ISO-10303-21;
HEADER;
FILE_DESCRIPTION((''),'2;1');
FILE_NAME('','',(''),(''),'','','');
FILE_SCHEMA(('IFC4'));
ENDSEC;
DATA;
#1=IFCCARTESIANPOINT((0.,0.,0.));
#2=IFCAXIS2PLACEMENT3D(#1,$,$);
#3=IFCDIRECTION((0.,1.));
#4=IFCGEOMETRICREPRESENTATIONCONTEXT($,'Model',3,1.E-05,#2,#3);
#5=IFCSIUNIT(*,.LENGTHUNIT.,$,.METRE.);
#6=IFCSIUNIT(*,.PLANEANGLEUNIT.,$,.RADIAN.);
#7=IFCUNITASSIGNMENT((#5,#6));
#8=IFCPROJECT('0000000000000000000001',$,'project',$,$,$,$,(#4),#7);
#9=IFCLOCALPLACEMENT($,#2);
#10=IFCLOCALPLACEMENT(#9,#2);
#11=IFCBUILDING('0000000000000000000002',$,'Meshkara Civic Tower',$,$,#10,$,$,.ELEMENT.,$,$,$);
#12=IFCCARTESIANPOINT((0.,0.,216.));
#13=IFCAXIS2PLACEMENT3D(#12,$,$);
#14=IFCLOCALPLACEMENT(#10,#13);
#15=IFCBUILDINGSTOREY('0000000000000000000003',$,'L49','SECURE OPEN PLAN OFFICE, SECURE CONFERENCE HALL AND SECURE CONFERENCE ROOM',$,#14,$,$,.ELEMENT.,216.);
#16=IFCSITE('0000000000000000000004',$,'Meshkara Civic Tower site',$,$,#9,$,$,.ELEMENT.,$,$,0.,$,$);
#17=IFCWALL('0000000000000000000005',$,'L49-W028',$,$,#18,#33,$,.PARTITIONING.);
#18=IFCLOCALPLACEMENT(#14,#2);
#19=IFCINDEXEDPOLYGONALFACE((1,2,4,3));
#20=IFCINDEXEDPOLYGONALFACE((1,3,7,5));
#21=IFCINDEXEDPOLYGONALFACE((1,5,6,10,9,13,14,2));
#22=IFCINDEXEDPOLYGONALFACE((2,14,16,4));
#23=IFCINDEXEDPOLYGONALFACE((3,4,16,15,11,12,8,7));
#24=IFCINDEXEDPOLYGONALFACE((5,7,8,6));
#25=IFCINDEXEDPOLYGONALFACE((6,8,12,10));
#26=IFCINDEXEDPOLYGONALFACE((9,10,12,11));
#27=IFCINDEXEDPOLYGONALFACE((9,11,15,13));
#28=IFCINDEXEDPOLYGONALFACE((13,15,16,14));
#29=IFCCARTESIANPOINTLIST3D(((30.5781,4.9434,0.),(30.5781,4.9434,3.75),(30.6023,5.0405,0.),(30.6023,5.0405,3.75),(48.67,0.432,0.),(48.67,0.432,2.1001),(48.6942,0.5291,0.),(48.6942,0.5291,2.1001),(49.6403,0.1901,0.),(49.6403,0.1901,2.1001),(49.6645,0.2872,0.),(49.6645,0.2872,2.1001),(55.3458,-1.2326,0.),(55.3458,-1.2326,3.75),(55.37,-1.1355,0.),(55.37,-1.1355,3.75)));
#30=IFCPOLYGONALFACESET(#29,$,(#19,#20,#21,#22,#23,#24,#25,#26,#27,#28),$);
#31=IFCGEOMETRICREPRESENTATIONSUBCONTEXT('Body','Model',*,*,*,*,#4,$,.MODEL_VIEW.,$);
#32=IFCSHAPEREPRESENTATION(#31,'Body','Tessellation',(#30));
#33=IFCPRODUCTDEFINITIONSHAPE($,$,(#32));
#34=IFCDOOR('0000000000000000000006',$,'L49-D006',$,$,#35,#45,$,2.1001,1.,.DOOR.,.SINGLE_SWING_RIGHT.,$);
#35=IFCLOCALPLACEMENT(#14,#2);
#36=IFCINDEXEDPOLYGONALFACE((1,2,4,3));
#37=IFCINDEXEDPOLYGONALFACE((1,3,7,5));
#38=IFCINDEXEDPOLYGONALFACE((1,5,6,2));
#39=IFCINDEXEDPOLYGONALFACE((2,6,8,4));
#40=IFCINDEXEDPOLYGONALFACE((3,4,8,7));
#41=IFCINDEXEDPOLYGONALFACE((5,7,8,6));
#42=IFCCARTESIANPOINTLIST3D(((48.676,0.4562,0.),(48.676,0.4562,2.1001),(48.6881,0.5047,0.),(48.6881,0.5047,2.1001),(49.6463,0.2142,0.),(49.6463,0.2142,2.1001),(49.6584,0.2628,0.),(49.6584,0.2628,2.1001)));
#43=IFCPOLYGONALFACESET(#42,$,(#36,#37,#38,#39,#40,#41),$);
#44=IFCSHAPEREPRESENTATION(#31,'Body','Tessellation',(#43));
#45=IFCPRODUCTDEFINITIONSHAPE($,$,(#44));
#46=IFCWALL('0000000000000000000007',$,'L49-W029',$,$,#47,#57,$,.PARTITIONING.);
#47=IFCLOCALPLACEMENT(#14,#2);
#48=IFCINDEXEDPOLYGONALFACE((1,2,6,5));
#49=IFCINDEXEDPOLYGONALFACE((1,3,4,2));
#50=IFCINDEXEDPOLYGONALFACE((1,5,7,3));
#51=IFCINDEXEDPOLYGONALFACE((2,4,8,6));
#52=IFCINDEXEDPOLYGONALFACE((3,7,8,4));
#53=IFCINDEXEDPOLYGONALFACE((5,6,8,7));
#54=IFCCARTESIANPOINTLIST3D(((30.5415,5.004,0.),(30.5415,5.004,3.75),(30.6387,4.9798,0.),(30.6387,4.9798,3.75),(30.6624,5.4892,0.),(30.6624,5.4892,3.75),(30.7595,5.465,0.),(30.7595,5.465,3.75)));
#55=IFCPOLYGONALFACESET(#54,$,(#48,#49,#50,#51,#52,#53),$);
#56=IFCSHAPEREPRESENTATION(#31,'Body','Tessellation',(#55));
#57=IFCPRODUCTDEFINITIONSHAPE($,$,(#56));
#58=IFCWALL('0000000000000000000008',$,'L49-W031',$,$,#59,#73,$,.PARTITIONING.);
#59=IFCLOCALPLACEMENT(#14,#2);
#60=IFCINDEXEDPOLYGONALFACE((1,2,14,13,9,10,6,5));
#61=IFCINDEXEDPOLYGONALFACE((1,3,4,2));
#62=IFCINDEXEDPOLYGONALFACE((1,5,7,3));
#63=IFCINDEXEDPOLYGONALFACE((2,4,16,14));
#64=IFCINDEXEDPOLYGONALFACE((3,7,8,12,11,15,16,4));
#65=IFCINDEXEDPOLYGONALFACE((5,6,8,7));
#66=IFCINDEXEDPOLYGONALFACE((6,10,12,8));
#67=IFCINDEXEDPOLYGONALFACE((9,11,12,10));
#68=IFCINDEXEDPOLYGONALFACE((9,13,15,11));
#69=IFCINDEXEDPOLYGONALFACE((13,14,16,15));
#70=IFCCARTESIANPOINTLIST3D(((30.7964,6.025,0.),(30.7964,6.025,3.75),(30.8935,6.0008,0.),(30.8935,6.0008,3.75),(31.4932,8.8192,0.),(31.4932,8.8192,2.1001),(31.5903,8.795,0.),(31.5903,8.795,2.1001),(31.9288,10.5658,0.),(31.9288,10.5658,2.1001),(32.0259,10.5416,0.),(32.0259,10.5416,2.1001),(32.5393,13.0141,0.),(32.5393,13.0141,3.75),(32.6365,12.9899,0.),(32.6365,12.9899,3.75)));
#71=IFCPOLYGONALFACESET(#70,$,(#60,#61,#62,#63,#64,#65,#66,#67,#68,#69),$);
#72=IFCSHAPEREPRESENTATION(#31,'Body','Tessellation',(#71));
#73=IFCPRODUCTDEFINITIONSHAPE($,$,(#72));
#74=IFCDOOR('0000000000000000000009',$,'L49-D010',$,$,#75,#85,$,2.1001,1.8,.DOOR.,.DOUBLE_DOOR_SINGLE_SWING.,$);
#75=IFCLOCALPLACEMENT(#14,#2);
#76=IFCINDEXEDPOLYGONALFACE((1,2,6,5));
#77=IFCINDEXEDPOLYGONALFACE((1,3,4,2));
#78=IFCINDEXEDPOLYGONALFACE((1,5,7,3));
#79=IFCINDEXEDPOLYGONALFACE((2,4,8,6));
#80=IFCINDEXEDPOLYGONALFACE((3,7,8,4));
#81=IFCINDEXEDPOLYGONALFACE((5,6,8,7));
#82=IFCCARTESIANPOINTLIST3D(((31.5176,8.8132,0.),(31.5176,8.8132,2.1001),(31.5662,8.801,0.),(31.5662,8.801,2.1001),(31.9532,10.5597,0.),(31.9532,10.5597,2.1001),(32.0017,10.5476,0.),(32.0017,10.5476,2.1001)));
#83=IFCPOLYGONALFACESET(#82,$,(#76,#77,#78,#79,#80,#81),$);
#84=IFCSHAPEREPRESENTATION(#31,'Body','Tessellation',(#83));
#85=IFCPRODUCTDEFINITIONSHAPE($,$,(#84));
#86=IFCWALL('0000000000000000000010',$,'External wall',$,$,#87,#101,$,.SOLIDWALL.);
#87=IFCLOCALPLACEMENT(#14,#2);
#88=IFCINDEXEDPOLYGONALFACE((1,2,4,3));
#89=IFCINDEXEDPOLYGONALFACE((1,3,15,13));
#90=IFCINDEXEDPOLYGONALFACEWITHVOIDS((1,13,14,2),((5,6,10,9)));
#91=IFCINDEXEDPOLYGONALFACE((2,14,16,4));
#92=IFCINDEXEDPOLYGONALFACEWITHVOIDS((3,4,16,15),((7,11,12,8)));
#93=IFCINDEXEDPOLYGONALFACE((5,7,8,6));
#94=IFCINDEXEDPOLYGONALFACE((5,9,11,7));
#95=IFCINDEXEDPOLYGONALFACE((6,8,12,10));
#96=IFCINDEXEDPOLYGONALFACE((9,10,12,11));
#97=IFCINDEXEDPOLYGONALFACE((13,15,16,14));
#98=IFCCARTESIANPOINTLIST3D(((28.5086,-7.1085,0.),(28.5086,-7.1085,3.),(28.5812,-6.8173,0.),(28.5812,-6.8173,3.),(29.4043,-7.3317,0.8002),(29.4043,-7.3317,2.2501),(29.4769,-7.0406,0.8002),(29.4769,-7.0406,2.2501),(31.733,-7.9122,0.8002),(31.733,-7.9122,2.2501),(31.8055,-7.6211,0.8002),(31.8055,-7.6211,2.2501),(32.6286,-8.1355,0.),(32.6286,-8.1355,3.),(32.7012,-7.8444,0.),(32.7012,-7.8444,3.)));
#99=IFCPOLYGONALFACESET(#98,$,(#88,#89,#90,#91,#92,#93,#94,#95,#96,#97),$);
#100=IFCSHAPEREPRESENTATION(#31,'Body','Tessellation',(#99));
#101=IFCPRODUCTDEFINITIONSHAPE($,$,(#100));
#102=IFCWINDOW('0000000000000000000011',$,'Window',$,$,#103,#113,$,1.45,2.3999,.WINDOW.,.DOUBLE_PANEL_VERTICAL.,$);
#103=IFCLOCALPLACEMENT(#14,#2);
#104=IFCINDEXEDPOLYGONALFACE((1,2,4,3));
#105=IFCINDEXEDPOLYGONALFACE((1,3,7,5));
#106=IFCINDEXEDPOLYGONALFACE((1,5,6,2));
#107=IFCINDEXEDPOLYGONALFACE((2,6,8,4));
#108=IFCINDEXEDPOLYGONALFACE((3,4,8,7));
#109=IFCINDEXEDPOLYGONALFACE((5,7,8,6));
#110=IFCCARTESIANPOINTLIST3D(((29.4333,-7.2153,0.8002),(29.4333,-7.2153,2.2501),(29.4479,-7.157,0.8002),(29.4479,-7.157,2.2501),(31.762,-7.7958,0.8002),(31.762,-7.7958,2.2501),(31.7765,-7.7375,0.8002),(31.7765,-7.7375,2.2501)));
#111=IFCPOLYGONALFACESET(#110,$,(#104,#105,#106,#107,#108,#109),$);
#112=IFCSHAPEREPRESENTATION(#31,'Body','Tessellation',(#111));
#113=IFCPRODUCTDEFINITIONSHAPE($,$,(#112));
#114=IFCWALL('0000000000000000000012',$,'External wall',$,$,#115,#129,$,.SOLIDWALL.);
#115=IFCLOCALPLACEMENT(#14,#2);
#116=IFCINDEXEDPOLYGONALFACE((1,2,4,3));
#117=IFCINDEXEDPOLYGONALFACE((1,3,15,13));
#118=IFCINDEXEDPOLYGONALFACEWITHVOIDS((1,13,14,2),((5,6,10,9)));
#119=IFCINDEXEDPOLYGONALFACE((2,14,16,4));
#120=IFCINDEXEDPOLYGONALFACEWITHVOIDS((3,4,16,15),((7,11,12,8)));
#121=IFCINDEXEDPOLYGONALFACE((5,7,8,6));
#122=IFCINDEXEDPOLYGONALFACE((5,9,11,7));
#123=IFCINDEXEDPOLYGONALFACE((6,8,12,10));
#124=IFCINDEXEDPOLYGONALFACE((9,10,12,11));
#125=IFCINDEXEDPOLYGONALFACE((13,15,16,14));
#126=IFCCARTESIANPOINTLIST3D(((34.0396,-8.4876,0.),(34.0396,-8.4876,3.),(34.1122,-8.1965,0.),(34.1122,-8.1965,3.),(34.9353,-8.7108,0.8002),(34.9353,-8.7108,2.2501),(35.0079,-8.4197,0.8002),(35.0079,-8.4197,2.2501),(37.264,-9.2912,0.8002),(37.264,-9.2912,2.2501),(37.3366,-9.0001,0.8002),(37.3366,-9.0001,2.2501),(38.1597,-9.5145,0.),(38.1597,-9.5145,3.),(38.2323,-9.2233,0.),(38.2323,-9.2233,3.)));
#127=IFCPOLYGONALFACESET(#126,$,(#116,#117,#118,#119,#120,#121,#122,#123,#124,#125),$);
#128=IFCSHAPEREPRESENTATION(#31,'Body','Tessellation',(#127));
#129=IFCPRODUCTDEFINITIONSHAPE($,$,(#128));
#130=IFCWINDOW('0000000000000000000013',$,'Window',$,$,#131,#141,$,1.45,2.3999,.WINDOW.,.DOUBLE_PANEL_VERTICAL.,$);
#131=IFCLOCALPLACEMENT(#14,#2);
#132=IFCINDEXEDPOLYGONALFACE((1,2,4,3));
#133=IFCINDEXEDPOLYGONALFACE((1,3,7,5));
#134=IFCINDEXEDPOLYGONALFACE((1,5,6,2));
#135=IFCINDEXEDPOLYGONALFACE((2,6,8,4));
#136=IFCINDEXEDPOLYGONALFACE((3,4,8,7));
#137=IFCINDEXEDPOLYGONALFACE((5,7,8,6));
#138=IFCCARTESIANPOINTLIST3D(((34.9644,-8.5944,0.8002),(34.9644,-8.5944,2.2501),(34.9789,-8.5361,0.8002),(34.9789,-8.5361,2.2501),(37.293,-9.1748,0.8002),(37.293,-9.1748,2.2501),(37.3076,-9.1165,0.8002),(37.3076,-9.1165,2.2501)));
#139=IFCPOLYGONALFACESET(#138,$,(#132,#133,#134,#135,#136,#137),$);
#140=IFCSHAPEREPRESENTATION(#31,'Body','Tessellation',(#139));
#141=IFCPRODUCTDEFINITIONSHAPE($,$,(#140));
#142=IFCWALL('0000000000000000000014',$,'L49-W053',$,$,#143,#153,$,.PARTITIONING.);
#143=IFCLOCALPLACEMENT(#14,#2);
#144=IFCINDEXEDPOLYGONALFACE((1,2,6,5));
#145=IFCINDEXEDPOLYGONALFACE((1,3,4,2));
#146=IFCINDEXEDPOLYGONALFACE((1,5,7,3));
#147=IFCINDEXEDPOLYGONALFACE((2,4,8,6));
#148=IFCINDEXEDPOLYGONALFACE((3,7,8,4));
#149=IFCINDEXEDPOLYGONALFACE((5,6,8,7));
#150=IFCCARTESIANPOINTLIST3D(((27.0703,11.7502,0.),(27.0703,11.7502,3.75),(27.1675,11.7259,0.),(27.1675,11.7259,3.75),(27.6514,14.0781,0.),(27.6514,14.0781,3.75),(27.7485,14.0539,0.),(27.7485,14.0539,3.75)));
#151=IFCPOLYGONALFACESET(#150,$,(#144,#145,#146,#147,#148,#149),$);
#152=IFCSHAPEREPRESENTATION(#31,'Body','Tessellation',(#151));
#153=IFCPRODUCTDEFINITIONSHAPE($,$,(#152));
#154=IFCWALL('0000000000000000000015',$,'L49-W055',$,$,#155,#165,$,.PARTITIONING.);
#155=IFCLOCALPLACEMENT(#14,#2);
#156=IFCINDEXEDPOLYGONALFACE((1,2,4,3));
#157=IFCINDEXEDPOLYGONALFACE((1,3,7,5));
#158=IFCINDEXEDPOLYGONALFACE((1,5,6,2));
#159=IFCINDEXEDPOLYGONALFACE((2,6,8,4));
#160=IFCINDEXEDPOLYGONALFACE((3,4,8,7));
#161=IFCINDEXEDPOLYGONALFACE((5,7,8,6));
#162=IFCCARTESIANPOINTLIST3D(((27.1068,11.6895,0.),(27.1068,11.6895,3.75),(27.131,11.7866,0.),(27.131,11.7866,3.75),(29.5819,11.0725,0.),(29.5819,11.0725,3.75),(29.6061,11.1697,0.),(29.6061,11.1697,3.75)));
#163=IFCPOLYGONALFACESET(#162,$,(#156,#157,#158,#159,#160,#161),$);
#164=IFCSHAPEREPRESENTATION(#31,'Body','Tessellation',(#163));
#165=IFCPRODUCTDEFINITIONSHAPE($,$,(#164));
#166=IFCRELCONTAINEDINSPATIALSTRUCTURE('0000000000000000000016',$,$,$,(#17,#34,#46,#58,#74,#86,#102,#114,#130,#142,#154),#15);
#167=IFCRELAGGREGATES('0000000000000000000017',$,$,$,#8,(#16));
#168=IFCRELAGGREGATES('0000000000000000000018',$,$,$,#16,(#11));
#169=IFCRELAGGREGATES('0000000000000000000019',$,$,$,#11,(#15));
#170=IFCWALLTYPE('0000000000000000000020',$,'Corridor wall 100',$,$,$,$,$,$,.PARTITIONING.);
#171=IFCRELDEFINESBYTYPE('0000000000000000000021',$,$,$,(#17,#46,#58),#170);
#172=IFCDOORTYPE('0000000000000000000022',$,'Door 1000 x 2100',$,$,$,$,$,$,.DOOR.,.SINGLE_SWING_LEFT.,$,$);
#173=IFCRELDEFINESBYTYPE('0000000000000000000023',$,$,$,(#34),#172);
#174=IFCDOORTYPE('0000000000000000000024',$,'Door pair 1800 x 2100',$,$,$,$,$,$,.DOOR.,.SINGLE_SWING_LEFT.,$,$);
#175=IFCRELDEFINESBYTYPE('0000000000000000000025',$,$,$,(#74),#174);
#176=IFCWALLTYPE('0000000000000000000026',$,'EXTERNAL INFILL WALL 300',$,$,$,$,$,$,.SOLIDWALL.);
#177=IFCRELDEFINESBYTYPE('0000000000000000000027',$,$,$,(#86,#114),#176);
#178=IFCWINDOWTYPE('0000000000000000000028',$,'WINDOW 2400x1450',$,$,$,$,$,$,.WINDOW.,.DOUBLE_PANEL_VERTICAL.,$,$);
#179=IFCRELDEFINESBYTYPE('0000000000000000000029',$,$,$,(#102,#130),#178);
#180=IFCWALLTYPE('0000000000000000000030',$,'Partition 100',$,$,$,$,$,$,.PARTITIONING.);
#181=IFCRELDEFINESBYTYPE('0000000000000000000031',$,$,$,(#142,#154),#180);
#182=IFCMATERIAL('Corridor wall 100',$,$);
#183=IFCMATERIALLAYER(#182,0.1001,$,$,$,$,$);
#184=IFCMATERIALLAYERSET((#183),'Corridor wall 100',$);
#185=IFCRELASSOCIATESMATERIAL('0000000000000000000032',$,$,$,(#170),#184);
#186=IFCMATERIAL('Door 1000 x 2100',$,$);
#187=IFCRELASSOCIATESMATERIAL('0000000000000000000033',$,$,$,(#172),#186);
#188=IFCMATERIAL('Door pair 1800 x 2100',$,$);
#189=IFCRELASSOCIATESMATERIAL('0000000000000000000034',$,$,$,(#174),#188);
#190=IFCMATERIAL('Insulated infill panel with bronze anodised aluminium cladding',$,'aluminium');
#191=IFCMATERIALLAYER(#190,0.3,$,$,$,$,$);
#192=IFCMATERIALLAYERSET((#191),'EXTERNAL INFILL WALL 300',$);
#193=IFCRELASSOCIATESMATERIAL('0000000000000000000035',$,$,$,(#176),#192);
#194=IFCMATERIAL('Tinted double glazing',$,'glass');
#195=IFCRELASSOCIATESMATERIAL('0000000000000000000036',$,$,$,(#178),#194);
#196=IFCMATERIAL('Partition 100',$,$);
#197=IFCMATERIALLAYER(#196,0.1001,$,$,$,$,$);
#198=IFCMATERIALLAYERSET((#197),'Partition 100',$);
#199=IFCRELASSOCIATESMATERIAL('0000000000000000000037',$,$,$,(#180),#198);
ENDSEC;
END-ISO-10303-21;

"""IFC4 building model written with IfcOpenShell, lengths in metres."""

from ifc_helpers import new_model, si_unit, direction, frame, frame_2d, origin, place, context, subcontext, project, spatial, rectangle, extrude, material, layer, layer_set, type_object, element, fill, save


model = new_model("IFC4")

# Units and contexts
model_context = context("Model", 3, precision=1e-05, world=origin(), true_north=direction((0.0, 1.0)))
body_context = subcontext(model_context, "Body", "Model", "MODEL_VIEW")
ifc_project = project(units=[si_unit("LENGTHUNIT", "METRE"), si_unit("PLANEANGLEUNIT", "RADIAN")], contexts=[model_context])

# Site, building, storey
site_placement = place(None, origin())
site = spatial("IfcSite", under=ifc_project, at=site_placement, Name="Meshkara Civic Tower site", CompositionType="ELEMENT", RefElevation=0.0)
building_placement = place(site_placement, origin())
building = spatial("IfcBuilding", under=site, at=building_placement, Name="Meshkara Civic Tower", CompositionType="ELEMENT")
storey_placement = place(building_placement, frame((0.0, 0.0, 216.0)))
storey = spatial("IfcBuildingStorey", under=building, at=storey_placement, Name="L49", Description="SECURE OPEN PLAN OFFICE, SECURE CONFERENCE HALL AND SECURE CONFERENCE ROOM", CompositionType="ELEMENT", Elevation=216.0)

# Wall, opening, door
ifc_material_1 = material(Name="Corridor wall 100")
ifc_layer_1 = layer(ifc_material_1, 0.1001)
ifc_layer_set_1 = layer_set([ifc_layer_1], Name="Corridor wall 100")
wall_type_1 = type_object("IfcWallType", Name="Corridor wall 100", PredefinedType="PARTITIONING", material=ifc_layer_set_1)
ifc_material_2 = material(Name="Door 1000 x 2100")
door_type_1 = type_object("IfcDoorType", Name="Door 1000 x 2100", OperationType="SINGLE_SWING_LEFT", PredefinedType="DOOR", material=ifc_material_2)
wall_1_placement = place(storey_placement, frame((30.5901, 4.9919, 0.0), z_axis=(0.0, 0.0, 1.0), x_axis=(0.970289, -0.241948, 0.0)))
wall_1 = element("IfcWall", 1, at=wall_1_placement, inside=storey, type_object=wall_type_1, Name="L49-W028", PredefinedType="PARTITIONING", context=body_context, shape_type="SweptSolid", body=[
    extrude(rectangle(XDim=25.5261, YDim=0.1001, at=frame_2d((12.7632, 0.0))), origin(), (0.0, 0.0, 1.0), 3.75),
])
opening_1_placement = place(wall_1_placement, frame((18.646, 0.0, 0.0)))
opening_1 = element("IfcOpeningElement", 2, at=opening_1_placement, cuts=wall_1, PredefinedType="OPENING", context=body_context, shape_type="SweptSolid", body=[
    extrude(rectangle(XDim=1.0, YDim=2.1001, at=frame_2d((0.5, 1.05))), frame((0.0, 0.0601, 0.0), z_axis=(0.0, -1.0, 0.0), x_axis=(1.0, 0.0, 0.0)), (0.0, 0.0, 1.0), 0.1201),
])
door_1_placement = place(opening_1_placement, origin())
door_1 = element("IfcDoor", 3, at=door_1_placement, inside=storey, type_object=door_type_1, Name="L49-D006", OperationType="SINGLE_SWING_RIGHT", OverallHeight=2.1001, OverallWidth=1.0, PredefinedType="DOOR", context=body_context, shape_type="SweptSolid", body=[
    extrude(rectangle(XDim=1.0, YDim=2.1001, at=frame_2d((0.5, 1.05))), frame((0.0, 0.0249, 0.0), z_axis=(0.0, -1.0, 0.0), x_axis=(1.0, 0.0, 0.0)), (0.0, 0.0, 1.0), 0.05),
])
fill(opening_1, door_1)

# Wall
wall_2_placement = place(storey_placement, frame((30.5901, 4.9919, 0.0), z_axis=(0.0, 0.0, 1.0), x_axis=(0.241731, 0.970343, 0.0)))
element("IfcWall", 4, at=wall_2_placement, inside=storey, type_object=wall_type_1, Name="L49-W029", PredefinedType="PARTITIONING", context=body_context, shape_type="SweptSolid", body=[
    extrude(rectangle(XDim=0.5, YDim=0.1001, at=frame_2d((0.25, 0.0))), origin(), (0.0, 0.0, 1.0), 3.75),
])

# Wall, opening, door
wall_3_placement = place(storey_placement, frame((30.845, 6.0129, 0.0), z_axis=(0.0, 0.0, 1.0), x_axis=(0.241969, 0.970284, 0.0)))
wall_3 = element("IfcWall", 5, at=wall_3_placement, inside=storey, type_object=wall_type_1, Name="L49-W031", PredefinedType="PARTITIONING", context=body_context, shape_type="SweptSolid", body=[
    extrude(rectangle(XDim=7.2031, YDim=0.1001, at=frame_2d((3.6016, 0.0))), origin(), (0.0, 0.0, 1.0), 3.75),
])
opening_2_placement = place(wall_3_placement, frame((2.8799, 0.0, 0.0)))
opening_2 = element("IfcOpeningElement", 6, at=opening_2_placement, cuts=wall_3, PredefinedType="OPENING", context=body_context, shape_type="SweptSolid", body=[
    extrude(rectangle(XDim=1.8, YDim=2.1001, at=frame_2d((0.8999, 1.05))), frame((0.0, 0.0601, 0.0), z_axis=(0.0, -1.0, 0.0), x_axis=(1.0, 0.0, 0.0)), (0.0, 0.0, 1.0), 0.1201),
])
ifc_material_3 = material(Name="Door pair 1800 x 2100")
door_type_2 = type_object("IfcDoorType", Name="Door pair 1800 x 2100", OperationType="SINGLE_SWING_LEFT", PredefinedType="DOOR", material=ifc_material_3)
door_2_placement = place(opening_2_placement, origin())
door_2 = element("IfcDoor", 7, at=door_2_placement, inside=storey, type_object=door_type_2, Name="L49-D010", OperationType="DOUBLE_DOOR_SINGLE_SWING", OverallHeight=2.1001, OverallWidth=1.8, PredefinedType="DOOR", context=body_context, shape_type="SweptSolid", body=[
    extrude(rectangle(XDim=1.8, YDim=2.1001, at=frame_2d((0.8999, 1.05))), frame((0.0, 0.0249, 0.0), z_axis=(0.0, -1.0, 0.0), x_axis=(1.0, 0.0, 0.0)), (0.0, 0.0, 1.0), 0.05),
])
fill(opening_2, door_2)

# Walls, openings, windows
ifc_material_4 = material(Name="Insulated infill panel with bronze anodised aluminium cladding", Category="aluminium")
ifc_layer_2 = layer(ifc_material_4, 0.3)
ifc_layer_set_2 = layer_set([ifc_layer_2], Name="EXTERNAL INFILL WALL 300")
wall_type_2 = type_object("IfcWallType", Name="EXTERNAL INFILL WALL 300", PredefinedType="SOLIDWALL", material=ifc_layer_set_2)
wall_4_placement = place(storey_placement, frame((28.5449, -6.9629, 0.0), z_axis=(0.0, 0.0, 1.0), x_axis=(0.970305, -0.241886, 0.0)))
wall_4 = element("IfcWall", 8, at=wall_4_placement, inside=storey, type_object=wall_type_2, Name="External wall", PredefinedType="SOLIDWALL", context=body_context, shape_type="SweptSolid", body=[
    extrude(rectangle(XDim=4.2461, YDim=0.3, at=frame_2d((2.123, 0.0))), origin(), (0.0, 0.0, 1.0), 3.0),
])
opening_3_placement = place(wall_4_placement, frame((0.9231, 0.0, 0.8)))
opening_3 = element("IfcOpeningElement", 9, at=opening_3_placement, cuts=wall_4, PredefinedType="OPENING", context=body_context, shape_type="SweptSolid", body=[
    extrude(rectangle(XDim=2.3999, YDim=1.45, at=frame_2d((1.2, 0.7251))), frame((0.0, 0.1599, 0.0), z_axis=(0.0, -1.0, 0.0), x_axis=(1.0, 0.0, 0.0)), (0.0, 0.0, 1.0), 0.3201),
])
ifc_material_5 = material(Name="Tinted double glazing", Category="glass")
window_type = type_object("IfcWindowType", Name="WINDOW 2400x1450", PartitioningType="DOUBLE_PANEL_VERTICAL", PredefinedType="WINDOW", material=ifc_material_5)
window_1_placement = place(opening_3_placement, origin())
window_1 = element("IfcWindow", 10, at=window_1_placement, inside=storey, type_object=window_type, Name="Window", OverallHeight=1.45, OverallWidth=2.3999, PartitioningType="DOUBLE_PANEL_VERTICAL", PredefinedType="WINDOW", context=body_context, shape_type="SweptSolid", body=[
    extrude(rectangle(XDim=2.3999, YDim=1.45, at=frame_2d((1.2, 0.7251))), frame((0.0, 0.03, 0.0), z_axis=(0.0, -1.0, 0.0), x_axis=(1.0, 0.0, 0.0)), (0.0, 0.0, 1.0), 0.0601),
])
fill(opening_3, window_1)
wall_5_placement = place(storey_placement, frame((34.0759, -8.342, 0.0), z_axis=(0.0, 0.0, 1.0), x_axis=(0.970318, -0.241832, 0.0)))
wall_5 = element("IfcWall", 11, at=wall_5_placement, inside=storey, type_object=wall_type_2, Name="External wall", PredefinedType="SOLIDWALL", context=body_context, shape_type="SweptSolid", body=[
    extrude(rectangle(XDim=4.2461, YDim=0.3, at=frame_2d((2.123, 0.0))), origin(), (0.0, 0.0, 1.0), 3.0),
])
opening_4_placement = place(wall_5_placement, frame((0.9231, 0.0, 0.8)))
opening_4 = element("IfcOpeningElement", 12, at=opening_4_placement, cuts=wall_5, PredefinedType="OPENING", context=body_context, shape_type="SweptSolid", body=[
    extrude(rectangle(XDim=2.3999, YDim=1.45, at=frame_2d((1.2, 0.7251))), frame((0.0, 0.1599, 0.0), z_axis=(0.0, -1.0, 0.0), x_axis=(1.0, 0.0, 0.0)), (0.0, 0.0, 1.0), 0.3201),
])
window_2_placement = place(opening_4_placement, origin())
window_2 = element("IfcWindow", 13, at=window_2_placement, inside=storey, type_object=window_type, Name="Window", OverallHeight=1.45, OverallWidth=2.3999, PartitioningType="DOUBLE_PANEL_VERTICAL", PredefinedType="WINDOW", context=body_context, shape_type="SweptSolid", body=[
    extrude(rectangle(XDim=2.3999, YDim=1.45, at=frame_2d((1.2, 0.7251))), frame((0.0, 0.03, 0.0), z_axis=(0.0, -1.0, 0.0), x_axis=(1.0, 0.0, 0.0)), (0.0, 0.0, 1.0), 0.0601),
])
fill(opening_4, window_2)

# Walls
ifc_material_6 = material(Name="Partition 100")
ifc_layer_3 = layer(ifc_material_6, 0.1001)
ifc_layer_set_3 = layer_set([ifc_layer_3], Name="Partition 100")
wall_type_3 = type_object("IfcWallType", Name="Partition 100", PredefinedType="PARTITIONING", material=ifc_layer_set_3)
wall_6_placement = place(storey_placement, frame((27.1189, 11.738, 0.0), z_axis=(0.0, 0.0, 1.0), x_axis=(0.242176, 0.970232, 0.0)))
element("IfcWall", 14, at=wall_6_placement, inside=storey, type_object=wall_type_3, Name="L49-W053", PredefinedType="PARTITIONING", context=body_context, shape_type="SweptSolid", body=[
    extrude(rectangle(XDim=2.3994, YDim=0.1001, at=frame_2d((1.1997, 0.0))), origin(), (0.0, 0.0, 1.0), 3.75),
])
wall_7_placement = place(storey_placement, frame((29.594, 11.1211, 0.0), z_axis=(0.0, 0.0, 1.0), x_axis=(-0.970311, 0.24186, 0.0)))
element("IfcWall", 15, at=wall_7_placement, inside=storey, type_object=wall_type_3, Name="L49-W055", PredefinedType="PARTITIONING", context=body_context, shape_type="SweptSolid", body=[
    extrude(rectangle(XDim=2.5508, YDim=0.1001, at=frame_2d((1.2754, 0.0))), origin(), (0.0, 0.0, 1.0), 3.75),
])

save(model, "model.ifc")
